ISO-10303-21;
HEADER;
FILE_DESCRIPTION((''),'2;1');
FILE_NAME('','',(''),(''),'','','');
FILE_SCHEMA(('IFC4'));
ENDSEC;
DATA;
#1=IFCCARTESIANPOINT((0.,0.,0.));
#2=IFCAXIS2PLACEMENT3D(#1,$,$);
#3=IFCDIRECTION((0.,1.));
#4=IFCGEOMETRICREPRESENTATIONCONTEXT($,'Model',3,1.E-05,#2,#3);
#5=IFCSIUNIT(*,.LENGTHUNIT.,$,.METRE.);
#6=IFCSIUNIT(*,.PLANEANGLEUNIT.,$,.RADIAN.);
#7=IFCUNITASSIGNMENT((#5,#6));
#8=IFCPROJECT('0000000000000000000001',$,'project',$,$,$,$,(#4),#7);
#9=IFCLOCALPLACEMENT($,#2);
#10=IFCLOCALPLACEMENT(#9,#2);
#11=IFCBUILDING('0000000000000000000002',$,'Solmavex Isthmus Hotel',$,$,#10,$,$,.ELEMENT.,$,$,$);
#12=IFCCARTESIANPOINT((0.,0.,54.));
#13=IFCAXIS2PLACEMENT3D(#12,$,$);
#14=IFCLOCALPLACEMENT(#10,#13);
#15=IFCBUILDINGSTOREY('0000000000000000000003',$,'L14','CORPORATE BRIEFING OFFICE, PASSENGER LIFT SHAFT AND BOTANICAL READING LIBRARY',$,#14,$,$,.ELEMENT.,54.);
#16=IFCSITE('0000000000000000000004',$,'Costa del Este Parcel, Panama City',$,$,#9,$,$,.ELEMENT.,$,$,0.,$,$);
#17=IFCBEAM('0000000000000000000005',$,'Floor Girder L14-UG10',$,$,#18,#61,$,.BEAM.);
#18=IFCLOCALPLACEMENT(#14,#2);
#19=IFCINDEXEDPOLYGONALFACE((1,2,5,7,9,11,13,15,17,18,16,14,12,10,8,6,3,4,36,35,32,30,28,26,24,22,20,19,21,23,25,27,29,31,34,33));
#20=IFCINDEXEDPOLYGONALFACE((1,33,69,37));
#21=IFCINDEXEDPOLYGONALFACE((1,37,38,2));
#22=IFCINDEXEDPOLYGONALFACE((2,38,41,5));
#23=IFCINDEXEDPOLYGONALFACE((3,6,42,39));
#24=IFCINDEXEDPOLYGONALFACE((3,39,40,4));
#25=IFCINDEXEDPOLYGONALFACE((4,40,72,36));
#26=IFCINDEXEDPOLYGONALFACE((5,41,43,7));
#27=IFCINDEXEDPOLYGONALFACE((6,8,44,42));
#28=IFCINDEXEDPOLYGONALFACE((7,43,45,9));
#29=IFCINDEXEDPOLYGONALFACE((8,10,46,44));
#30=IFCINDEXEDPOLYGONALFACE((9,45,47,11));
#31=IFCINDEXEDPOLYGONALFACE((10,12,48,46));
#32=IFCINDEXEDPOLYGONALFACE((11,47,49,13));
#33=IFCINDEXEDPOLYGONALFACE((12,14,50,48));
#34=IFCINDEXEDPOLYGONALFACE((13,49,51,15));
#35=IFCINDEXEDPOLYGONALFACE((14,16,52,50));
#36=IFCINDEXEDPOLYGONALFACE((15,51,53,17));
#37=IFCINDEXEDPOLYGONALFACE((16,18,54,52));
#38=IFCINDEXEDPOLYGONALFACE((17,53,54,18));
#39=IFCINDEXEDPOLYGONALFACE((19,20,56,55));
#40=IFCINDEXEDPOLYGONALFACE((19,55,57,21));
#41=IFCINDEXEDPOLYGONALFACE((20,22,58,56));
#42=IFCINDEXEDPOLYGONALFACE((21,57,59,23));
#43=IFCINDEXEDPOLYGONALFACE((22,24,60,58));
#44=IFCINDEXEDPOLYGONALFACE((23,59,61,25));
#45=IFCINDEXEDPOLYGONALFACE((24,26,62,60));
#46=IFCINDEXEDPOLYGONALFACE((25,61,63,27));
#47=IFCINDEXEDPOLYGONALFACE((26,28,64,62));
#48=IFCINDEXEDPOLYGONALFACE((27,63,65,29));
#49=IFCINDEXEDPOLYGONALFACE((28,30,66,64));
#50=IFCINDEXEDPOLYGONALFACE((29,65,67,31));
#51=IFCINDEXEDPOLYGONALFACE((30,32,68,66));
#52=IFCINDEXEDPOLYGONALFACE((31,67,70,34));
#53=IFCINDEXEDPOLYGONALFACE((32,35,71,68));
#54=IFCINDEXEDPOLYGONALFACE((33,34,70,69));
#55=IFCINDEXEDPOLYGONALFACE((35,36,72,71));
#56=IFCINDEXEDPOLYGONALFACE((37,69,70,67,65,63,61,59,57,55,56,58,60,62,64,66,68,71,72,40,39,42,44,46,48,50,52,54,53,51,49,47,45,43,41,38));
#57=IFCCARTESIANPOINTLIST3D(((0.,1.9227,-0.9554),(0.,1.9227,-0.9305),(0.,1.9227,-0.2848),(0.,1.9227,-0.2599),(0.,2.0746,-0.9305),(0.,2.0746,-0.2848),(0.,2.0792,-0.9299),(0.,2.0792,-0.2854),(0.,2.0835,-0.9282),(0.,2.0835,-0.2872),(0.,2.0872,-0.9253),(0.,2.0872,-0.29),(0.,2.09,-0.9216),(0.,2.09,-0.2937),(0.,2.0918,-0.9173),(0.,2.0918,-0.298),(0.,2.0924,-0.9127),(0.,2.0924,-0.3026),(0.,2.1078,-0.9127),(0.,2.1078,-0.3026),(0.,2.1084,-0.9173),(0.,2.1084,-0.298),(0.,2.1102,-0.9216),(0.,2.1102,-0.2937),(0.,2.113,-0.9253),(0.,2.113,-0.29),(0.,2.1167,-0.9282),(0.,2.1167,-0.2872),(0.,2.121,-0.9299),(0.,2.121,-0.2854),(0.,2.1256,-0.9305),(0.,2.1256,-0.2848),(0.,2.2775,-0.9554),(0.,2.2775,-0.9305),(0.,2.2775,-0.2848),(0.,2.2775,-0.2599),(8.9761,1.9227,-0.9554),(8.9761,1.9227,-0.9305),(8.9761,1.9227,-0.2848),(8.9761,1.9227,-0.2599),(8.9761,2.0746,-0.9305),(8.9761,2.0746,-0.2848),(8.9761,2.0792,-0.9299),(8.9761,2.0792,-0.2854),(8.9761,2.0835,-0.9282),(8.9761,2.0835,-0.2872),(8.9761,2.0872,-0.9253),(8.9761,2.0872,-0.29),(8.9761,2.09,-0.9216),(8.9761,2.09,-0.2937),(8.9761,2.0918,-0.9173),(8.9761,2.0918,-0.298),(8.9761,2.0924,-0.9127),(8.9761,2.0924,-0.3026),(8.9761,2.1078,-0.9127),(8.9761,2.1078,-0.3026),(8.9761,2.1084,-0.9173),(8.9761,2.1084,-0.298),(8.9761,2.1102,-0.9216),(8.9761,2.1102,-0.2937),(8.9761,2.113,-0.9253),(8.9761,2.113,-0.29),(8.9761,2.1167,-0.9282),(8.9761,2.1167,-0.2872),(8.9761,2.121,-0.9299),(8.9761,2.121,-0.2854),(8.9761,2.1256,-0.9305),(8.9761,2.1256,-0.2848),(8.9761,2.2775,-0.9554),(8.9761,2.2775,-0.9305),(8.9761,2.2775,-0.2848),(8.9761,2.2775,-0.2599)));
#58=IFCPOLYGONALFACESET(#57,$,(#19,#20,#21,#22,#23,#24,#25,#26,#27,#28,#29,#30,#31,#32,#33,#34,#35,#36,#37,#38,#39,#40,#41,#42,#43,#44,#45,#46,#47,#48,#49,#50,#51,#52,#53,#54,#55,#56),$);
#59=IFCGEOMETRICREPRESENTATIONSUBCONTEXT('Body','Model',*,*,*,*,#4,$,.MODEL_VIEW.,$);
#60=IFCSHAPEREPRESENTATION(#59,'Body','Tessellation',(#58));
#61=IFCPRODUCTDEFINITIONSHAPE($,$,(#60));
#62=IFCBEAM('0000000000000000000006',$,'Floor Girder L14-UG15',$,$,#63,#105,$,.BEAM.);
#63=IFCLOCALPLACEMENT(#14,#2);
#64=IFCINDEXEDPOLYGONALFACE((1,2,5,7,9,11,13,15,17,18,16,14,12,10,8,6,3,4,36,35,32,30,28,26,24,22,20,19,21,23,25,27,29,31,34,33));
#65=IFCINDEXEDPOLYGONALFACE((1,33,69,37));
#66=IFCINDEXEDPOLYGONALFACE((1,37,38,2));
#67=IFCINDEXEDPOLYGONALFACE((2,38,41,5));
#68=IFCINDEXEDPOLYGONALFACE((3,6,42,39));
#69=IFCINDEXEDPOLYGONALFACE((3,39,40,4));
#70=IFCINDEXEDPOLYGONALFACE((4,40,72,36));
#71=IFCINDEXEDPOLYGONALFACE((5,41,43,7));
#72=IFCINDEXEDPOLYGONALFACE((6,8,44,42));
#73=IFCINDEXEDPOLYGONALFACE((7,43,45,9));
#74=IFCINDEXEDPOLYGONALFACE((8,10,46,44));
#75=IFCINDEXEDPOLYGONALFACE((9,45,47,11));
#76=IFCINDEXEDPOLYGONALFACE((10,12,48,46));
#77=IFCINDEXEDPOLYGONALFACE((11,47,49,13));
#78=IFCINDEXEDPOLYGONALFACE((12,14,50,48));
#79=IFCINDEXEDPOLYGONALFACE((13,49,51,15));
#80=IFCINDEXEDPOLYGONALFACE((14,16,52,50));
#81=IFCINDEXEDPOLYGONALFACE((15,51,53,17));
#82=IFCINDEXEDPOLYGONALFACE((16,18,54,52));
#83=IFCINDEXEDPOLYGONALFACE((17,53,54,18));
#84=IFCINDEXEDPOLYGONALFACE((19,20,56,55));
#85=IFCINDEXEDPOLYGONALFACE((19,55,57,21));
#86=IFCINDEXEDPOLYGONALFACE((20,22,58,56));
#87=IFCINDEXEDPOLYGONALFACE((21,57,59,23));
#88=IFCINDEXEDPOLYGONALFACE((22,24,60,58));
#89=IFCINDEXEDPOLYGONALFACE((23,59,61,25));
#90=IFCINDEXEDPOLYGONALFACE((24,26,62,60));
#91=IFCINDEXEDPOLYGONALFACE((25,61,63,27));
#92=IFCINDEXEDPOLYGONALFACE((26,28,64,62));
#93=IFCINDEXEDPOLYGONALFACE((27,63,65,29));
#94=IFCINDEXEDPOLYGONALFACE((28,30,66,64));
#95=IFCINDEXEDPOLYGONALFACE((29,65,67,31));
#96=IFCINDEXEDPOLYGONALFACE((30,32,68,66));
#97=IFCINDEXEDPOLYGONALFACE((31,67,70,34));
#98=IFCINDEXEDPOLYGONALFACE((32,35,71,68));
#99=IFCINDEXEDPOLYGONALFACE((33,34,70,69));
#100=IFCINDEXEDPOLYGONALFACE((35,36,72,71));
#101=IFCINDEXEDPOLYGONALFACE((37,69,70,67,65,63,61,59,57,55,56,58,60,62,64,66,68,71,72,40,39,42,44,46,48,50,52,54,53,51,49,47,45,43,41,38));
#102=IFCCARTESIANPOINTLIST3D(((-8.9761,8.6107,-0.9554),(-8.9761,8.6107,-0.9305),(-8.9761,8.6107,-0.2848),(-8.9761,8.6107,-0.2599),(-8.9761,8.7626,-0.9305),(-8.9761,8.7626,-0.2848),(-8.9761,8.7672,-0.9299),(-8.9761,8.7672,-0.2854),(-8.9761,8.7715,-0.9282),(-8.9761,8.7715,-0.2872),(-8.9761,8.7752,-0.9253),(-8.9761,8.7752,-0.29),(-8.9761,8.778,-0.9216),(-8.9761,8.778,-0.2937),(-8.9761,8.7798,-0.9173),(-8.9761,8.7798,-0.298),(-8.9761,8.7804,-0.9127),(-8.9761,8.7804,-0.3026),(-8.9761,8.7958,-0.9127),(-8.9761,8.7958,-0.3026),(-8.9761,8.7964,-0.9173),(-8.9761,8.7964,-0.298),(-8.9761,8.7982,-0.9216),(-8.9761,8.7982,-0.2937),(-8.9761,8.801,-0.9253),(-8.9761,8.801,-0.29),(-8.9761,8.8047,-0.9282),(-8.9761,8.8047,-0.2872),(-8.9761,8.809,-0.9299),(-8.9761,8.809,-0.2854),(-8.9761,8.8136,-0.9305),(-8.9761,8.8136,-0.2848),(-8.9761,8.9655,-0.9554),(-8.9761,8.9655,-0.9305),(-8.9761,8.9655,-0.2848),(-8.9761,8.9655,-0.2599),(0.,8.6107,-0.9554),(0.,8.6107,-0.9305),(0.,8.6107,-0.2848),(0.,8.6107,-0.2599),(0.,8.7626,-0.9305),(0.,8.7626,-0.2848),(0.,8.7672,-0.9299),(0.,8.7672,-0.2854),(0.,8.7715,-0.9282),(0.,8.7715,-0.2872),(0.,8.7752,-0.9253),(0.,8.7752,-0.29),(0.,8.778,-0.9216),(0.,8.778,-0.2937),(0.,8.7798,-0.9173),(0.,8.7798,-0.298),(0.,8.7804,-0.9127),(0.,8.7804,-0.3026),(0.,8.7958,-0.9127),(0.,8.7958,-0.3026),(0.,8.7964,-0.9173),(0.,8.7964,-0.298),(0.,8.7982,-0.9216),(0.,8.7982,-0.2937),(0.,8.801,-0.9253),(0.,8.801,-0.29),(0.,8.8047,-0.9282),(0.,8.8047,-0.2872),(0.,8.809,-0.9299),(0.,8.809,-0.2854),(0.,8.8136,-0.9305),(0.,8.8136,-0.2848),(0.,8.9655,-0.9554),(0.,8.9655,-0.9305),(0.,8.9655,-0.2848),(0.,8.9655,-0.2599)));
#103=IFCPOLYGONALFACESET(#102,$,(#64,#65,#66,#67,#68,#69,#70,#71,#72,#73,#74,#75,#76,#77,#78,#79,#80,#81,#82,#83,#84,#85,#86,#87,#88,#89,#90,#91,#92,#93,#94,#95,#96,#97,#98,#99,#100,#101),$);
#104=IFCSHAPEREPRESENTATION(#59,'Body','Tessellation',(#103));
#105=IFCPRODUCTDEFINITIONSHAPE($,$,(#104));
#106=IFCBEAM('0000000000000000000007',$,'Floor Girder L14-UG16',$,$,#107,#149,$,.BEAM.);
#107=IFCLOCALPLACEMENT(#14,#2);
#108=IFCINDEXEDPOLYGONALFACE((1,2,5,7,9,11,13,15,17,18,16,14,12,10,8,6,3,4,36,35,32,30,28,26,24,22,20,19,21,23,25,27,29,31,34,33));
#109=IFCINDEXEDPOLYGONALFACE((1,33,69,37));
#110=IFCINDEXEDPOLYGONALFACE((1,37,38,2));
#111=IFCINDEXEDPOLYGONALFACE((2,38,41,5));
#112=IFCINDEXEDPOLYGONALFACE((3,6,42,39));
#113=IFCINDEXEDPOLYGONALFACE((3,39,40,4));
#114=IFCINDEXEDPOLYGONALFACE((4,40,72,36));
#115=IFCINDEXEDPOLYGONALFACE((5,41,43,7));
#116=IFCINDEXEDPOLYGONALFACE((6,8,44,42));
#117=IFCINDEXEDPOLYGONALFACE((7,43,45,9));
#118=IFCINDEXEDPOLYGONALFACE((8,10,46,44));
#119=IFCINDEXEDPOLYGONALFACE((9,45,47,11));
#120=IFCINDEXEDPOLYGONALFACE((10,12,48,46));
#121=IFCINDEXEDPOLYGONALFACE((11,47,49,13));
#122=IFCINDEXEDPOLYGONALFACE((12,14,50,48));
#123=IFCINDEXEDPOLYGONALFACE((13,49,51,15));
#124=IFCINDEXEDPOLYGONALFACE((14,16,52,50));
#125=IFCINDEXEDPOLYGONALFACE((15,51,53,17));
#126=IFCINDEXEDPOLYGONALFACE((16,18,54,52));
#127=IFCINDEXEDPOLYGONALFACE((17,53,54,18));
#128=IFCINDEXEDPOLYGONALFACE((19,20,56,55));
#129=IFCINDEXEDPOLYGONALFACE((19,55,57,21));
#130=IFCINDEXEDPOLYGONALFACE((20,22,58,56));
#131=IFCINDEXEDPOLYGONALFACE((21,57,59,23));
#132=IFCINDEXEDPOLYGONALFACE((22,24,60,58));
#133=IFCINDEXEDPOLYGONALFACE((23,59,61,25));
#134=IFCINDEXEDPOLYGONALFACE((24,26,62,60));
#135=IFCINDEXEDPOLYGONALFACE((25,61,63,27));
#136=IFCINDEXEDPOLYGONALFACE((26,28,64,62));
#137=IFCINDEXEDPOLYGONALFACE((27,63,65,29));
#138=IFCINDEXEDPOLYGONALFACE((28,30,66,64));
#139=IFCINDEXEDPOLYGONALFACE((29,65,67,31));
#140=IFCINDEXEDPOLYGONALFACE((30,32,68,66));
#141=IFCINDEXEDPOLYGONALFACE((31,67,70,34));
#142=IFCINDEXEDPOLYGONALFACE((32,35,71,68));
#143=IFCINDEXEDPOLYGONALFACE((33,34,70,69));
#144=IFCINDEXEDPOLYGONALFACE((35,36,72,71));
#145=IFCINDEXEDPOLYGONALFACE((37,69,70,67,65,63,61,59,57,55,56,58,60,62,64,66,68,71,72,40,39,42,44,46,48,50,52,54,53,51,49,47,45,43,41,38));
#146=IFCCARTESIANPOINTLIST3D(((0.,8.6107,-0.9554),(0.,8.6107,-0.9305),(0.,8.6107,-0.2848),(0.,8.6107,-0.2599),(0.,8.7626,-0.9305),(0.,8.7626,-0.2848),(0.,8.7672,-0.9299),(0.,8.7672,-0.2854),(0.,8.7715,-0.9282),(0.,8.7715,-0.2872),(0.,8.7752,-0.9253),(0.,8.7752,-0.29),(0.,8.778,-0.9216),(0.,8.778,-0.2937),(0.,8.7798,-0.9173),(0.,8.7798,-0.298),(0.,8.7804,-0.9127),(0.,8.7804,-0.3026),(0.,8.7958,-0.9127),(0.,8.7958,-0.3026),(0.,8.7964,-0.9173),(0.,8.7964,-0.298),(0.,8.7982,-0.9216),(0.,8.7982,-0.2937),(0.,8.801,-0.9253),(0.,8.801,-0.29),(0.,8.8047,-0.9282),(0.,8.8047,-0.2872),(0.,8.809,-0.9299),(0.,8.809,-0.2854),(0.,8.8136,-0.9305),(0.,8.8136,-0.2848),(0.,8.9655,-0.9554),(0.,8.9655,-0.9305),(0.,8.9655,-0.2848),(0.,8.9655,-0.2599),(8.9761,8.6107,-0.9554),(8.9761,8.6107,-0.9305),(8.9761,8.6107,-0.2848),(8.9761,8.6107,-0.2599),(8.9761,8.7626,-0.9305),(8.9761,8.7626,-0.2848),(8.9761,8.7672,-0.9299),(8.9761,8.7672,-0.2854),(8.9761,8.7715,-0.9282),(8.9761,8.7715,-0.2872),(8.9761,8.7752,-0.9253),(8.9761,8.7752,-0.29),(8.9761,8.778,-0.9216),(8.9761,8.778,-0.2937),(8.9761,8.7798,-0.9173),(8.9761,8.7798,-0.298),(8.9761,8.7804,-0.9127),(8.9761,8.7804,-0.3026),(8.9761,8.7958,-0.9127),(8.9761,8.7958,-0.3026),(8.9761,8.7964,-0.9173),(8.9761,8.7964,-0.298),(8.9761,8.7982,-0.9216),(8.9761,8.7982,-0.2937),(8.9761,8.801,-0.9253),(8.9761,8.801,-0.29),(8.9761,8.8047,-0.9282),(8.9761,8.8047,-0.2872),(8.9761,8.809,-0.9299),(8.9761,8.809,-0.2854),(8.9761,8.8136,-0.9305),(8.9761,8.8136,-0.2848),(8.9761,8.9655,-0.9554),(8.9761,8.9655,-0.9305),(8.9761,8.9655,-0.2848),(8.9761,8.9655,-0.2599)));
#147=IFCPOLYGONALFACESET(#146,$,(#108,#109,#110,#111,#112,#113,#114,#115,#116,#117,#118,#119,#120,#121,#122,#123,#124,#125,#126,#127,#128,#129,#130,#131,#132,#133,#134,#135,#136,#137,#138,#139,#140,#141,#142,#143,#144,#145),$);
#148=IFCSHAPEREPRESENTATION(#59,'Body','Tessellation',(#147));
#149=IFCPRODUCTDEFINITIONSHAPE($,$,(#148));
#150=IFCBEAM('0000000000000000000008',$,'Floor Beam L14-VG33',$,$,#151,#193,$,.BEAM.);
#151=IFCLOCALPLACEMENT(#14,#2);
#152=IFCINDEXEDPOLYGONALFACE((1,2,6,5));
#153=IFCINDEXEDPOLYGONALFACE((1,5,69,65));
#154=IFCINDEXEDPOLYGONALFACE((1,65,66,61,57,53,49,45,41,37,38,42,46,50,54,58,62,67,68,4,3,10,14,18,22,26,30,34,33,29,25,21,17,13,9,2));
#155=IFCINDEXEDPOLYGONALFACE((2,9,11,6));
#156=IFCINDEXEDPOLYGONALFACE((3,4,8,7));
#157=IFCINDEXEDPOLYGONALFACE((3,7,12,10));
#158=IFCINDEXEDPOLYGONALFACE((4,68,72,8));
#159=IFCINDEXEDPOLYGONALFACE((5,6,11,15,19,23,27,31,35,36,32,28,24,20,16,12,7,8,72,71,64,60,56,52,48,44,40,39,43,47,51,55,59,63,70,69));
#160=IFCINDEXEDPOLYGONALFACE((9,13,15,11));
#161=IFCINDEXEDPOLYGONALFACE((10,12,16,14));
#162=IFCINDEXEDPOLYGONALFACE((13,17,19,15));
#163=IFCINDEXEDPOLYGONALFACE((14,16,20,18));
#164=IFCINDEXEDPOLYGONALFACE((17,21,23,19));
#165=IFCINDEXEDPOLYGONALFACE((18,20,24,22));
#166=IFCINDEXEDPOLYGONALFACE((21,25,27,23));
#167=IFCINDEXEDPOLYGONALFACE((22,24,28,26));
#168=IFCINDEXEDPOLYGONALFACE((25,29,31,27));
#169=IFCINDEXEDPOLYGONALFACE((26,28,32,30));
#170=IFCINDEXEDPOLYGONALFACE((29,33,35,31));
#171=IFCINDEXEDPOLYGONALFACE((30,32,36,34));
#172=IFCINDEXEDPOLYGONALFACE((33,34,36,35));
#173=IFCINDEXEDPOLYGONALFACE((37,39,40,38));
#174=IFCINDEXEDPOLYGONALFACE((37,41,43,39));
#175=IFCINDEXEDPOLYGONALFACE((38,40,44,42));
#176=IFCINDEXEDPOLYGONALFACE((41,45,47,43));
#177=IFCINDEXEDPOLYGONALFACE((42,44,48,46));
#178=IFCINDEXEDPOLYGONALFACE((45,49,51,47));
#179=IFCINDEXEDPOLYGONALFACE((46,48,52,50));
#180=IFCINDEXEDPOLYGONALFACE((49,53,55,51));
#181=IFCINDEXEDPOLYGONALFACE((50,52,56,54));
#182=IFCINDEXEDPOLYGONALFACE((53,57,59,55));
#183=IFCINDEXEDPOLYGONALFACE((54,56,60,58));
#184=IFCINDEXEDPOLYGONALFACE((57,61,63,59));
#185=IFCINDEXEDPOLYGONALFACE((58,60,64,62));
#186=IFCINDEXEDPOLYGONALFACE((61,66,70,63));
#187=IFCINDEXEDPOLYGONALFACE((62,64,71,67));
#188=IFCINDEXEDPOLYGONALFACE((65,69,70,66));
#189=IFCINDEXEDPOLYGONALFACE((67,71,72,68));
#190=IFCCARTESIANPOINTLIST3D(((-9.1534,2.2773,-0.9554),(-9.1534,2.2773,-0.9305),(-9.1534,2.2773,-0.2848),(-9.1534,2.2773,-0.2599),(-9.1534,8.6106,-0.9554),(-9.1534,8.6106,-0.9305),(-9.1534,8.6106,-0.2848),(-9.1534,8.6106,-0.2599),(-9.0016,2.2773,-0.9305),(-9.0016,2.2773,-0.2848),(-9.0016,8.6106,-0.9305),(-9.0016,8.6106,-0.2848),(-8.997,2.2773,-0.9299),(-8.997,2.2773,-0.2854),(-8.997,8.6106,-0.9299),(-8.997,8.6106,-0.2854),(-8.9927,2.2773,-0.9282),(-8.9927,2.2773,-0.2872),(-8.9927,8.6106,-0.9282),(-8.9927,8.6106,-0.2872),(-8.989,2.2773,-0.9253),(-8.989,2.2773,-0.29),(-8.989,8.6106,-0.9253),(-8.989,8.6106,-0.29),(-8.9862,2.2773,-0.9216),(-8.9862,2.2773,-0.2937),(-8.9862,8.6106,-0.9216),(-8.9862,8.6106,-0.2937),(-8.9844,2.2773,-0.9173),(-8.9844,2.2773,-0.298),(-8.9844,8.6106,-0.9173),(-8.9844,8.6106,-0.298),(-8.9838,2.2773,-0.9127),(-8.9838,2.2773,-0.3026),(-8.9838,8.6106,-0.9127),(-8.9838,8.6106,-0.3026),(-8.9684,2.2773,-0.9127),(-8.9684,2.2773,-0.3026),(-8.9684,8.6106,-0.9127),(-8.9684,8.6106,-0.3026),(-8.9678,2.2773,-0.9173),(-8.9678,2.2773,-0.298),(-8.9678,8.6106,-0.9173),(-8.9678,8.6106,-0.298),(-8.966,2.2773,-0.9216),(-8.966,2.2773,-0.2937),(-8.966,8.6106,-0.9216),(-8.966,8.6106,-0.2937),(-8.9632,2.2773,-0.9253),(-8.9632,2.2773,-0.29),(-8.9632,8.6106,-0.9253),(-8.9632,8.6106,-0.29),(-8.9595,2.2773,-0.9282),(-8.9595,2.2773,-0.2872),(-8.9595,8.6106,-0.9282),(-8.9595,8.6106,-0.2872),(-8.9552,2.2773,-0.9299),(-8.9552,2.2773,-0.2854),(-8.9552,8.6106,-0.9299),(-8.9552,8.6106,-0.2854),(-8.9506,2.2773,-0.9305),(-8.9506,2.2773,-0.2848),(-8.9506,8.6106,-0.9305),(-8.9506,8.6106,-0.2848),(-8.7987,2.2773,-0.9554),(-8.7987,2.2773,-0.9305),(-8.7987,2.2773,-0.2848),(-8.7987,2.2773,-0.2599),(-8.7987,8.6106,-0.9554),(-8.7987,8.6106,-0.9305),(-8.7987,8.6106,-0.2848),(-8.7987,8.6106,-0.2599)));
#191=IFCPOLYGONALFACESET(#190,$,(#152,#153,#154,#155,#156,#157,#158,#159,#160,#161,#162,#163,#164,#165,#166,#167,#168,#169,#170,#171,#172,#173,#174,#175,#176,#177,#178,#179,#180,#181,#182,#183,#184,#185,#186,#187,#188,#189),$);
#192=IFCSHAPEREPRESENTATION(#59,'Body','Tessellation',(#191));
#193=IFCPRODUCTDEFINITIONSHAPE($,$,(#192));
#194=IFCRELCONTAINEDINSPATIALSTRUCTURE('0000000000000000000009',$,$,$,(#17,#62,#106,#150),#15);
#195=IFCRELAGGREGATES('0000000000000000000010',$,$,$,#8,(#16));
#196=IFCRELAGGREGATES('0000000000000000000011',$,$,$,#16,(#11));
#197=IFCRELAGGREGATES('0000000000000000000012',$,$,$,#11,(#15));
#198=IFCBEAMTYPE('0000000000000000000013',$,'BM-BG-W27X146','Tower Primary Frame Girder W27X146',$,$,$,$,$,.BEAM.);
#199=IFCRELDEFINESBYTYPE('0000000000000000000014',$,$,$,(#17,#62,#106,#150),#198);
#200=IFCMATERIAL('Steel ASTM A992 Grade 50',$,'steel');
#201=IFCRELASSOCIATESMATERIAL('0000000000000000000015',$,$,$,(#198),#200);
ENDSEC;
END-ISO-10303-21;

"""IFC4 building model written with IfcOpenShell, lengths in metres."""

from ifc_helpers import new_model, si_unit, direction, frame, origin, origin_2d, place, context, subcontext, project, spatial, i_section, extrude, material, material_profile, profile_set, type_object, element, save


model = new_model("IFC4")

# Units and contexts
model_context = context("Model", 3, precision=1e-05, world=origin(), true_north=direction((0.0, 1.0)))
body_context = subcontext(model_context, "Body", "Model", "MODEL_VIEW")
ifc_project = project(units=[si_unit("LENGTHUNIT", "METRE"), si_unit("PLANEANGLEUNIT", "RADIAN")], contexts=[model_context])

# Site, building, storey
site_placement = place(None, origin())
site = spatial("IfcSite", under=ifc_project, at=site_placement, Name="Costa del Este Parcel, Panama City", CompositionType="ELEMENT", RefElevation=0.0)
building_placement = place(site_placement, origin())
building = spatial("IfcBuilding", under=site, at=building_placement, Name="Solmavex Isthmus Hotel", CompositionType="ELEMENT")
storey_placement = place(building_placement, frame((0.0, 0.0, 54.0)))
storey = spatial("IfcBuildingStorey", under=building, at=storey_placement, Name="L14", Description="CORPORATE BRIEFING OFFICE, PASSENGER LIFT SHAFT AND BOTANICAL READING LIBRARY", CompositionType="ELEMENT", Elevation=54.0)

# Beams
ifc_material_1 = material(Name="Steel ASTM A992 Grade 50", Category="steel")
ifc_material_profile_1 = material_profile(ifc_material_1, i_section(OverallWidth=0.3547, OverallDepth=0.6956, WebThickness=0.0154, FlangeThickness=0.0249, FilletRadius=0.0178, at=origin_2d()), Name="W27X146")
ifc_profile_set_1 = profile_set([ifc_material_profile_1], Name="Steel ASTM A992 Grade 50")
beam_type_1 = type_object("IfcBeamType", Name="BM-BG-W27X146", Description="Tower Primary Frame Girder W27X146", PredefinedType="BEAM", material=ifc_profile_set_1)
for number, where, z_axis, x_axis, name in (
    (1, (0.0, 2.1001, -0.6077), (1.0, 0.0, 0.0), (0.0, 1.0, 0.0), "Floor Girder L14-UG10"),
    (2, (-8.9761, 8.7881, -0.6077), (1.0, 0.0, 0.0), (0.0, 1.0, 0.0), "Floor Girder L14-UG15"),
    (3, (0.0, 8.7881, -0.6077), (1.0, 0.0, 0.0), (0.0, 1.0, 0.0), "Floor Girder L14-UG16"),
):
    element("IfcBeam", number, at=place(storey_placement, frame(where, z_axis=z_axis, x_axis=x_axis)), inside=storey, type_object=beam_type_1, Name=name, PredefinedType="BEAM", context=body_context, shape_type="SweptSolid", body=[
        extrude(i_section(OverallWidth=0.3547, OverallDepth=0.6956, WebThickness=0.0154, FlangeThickness=0.0249, FilletRadius=0.0178, at=origin_2d()), origin(), (0.0, 0.0, 1.0), 8.9761),
    ])
beam_1_placement = place(storey_placement, frame((-8.9761, 2.2773, -0.6077), z_axis=(0.0, 1.0, 0.0), x_axis=(-1.0, 0.0, 0.0)))
element("IfcBeam", 4, at=beam_1_placement, inside=storey, type_object=beam_type_1, Name="Floor Beam L14-VG33", PredefinedType="BEAM", context=body_context, shape_type="SweptSolid", body=[
    extrude(i_section(OverallWidth=0.3547, OverallDepth=0.6956, WebThickness=0.0154, FlangeThickness=0.0249, FilletRadius=0.0178, at=origin_2d()), origin(), (0.0, 0.0, 1.0), 6.3333),
])

save(model, "model.ifc")
